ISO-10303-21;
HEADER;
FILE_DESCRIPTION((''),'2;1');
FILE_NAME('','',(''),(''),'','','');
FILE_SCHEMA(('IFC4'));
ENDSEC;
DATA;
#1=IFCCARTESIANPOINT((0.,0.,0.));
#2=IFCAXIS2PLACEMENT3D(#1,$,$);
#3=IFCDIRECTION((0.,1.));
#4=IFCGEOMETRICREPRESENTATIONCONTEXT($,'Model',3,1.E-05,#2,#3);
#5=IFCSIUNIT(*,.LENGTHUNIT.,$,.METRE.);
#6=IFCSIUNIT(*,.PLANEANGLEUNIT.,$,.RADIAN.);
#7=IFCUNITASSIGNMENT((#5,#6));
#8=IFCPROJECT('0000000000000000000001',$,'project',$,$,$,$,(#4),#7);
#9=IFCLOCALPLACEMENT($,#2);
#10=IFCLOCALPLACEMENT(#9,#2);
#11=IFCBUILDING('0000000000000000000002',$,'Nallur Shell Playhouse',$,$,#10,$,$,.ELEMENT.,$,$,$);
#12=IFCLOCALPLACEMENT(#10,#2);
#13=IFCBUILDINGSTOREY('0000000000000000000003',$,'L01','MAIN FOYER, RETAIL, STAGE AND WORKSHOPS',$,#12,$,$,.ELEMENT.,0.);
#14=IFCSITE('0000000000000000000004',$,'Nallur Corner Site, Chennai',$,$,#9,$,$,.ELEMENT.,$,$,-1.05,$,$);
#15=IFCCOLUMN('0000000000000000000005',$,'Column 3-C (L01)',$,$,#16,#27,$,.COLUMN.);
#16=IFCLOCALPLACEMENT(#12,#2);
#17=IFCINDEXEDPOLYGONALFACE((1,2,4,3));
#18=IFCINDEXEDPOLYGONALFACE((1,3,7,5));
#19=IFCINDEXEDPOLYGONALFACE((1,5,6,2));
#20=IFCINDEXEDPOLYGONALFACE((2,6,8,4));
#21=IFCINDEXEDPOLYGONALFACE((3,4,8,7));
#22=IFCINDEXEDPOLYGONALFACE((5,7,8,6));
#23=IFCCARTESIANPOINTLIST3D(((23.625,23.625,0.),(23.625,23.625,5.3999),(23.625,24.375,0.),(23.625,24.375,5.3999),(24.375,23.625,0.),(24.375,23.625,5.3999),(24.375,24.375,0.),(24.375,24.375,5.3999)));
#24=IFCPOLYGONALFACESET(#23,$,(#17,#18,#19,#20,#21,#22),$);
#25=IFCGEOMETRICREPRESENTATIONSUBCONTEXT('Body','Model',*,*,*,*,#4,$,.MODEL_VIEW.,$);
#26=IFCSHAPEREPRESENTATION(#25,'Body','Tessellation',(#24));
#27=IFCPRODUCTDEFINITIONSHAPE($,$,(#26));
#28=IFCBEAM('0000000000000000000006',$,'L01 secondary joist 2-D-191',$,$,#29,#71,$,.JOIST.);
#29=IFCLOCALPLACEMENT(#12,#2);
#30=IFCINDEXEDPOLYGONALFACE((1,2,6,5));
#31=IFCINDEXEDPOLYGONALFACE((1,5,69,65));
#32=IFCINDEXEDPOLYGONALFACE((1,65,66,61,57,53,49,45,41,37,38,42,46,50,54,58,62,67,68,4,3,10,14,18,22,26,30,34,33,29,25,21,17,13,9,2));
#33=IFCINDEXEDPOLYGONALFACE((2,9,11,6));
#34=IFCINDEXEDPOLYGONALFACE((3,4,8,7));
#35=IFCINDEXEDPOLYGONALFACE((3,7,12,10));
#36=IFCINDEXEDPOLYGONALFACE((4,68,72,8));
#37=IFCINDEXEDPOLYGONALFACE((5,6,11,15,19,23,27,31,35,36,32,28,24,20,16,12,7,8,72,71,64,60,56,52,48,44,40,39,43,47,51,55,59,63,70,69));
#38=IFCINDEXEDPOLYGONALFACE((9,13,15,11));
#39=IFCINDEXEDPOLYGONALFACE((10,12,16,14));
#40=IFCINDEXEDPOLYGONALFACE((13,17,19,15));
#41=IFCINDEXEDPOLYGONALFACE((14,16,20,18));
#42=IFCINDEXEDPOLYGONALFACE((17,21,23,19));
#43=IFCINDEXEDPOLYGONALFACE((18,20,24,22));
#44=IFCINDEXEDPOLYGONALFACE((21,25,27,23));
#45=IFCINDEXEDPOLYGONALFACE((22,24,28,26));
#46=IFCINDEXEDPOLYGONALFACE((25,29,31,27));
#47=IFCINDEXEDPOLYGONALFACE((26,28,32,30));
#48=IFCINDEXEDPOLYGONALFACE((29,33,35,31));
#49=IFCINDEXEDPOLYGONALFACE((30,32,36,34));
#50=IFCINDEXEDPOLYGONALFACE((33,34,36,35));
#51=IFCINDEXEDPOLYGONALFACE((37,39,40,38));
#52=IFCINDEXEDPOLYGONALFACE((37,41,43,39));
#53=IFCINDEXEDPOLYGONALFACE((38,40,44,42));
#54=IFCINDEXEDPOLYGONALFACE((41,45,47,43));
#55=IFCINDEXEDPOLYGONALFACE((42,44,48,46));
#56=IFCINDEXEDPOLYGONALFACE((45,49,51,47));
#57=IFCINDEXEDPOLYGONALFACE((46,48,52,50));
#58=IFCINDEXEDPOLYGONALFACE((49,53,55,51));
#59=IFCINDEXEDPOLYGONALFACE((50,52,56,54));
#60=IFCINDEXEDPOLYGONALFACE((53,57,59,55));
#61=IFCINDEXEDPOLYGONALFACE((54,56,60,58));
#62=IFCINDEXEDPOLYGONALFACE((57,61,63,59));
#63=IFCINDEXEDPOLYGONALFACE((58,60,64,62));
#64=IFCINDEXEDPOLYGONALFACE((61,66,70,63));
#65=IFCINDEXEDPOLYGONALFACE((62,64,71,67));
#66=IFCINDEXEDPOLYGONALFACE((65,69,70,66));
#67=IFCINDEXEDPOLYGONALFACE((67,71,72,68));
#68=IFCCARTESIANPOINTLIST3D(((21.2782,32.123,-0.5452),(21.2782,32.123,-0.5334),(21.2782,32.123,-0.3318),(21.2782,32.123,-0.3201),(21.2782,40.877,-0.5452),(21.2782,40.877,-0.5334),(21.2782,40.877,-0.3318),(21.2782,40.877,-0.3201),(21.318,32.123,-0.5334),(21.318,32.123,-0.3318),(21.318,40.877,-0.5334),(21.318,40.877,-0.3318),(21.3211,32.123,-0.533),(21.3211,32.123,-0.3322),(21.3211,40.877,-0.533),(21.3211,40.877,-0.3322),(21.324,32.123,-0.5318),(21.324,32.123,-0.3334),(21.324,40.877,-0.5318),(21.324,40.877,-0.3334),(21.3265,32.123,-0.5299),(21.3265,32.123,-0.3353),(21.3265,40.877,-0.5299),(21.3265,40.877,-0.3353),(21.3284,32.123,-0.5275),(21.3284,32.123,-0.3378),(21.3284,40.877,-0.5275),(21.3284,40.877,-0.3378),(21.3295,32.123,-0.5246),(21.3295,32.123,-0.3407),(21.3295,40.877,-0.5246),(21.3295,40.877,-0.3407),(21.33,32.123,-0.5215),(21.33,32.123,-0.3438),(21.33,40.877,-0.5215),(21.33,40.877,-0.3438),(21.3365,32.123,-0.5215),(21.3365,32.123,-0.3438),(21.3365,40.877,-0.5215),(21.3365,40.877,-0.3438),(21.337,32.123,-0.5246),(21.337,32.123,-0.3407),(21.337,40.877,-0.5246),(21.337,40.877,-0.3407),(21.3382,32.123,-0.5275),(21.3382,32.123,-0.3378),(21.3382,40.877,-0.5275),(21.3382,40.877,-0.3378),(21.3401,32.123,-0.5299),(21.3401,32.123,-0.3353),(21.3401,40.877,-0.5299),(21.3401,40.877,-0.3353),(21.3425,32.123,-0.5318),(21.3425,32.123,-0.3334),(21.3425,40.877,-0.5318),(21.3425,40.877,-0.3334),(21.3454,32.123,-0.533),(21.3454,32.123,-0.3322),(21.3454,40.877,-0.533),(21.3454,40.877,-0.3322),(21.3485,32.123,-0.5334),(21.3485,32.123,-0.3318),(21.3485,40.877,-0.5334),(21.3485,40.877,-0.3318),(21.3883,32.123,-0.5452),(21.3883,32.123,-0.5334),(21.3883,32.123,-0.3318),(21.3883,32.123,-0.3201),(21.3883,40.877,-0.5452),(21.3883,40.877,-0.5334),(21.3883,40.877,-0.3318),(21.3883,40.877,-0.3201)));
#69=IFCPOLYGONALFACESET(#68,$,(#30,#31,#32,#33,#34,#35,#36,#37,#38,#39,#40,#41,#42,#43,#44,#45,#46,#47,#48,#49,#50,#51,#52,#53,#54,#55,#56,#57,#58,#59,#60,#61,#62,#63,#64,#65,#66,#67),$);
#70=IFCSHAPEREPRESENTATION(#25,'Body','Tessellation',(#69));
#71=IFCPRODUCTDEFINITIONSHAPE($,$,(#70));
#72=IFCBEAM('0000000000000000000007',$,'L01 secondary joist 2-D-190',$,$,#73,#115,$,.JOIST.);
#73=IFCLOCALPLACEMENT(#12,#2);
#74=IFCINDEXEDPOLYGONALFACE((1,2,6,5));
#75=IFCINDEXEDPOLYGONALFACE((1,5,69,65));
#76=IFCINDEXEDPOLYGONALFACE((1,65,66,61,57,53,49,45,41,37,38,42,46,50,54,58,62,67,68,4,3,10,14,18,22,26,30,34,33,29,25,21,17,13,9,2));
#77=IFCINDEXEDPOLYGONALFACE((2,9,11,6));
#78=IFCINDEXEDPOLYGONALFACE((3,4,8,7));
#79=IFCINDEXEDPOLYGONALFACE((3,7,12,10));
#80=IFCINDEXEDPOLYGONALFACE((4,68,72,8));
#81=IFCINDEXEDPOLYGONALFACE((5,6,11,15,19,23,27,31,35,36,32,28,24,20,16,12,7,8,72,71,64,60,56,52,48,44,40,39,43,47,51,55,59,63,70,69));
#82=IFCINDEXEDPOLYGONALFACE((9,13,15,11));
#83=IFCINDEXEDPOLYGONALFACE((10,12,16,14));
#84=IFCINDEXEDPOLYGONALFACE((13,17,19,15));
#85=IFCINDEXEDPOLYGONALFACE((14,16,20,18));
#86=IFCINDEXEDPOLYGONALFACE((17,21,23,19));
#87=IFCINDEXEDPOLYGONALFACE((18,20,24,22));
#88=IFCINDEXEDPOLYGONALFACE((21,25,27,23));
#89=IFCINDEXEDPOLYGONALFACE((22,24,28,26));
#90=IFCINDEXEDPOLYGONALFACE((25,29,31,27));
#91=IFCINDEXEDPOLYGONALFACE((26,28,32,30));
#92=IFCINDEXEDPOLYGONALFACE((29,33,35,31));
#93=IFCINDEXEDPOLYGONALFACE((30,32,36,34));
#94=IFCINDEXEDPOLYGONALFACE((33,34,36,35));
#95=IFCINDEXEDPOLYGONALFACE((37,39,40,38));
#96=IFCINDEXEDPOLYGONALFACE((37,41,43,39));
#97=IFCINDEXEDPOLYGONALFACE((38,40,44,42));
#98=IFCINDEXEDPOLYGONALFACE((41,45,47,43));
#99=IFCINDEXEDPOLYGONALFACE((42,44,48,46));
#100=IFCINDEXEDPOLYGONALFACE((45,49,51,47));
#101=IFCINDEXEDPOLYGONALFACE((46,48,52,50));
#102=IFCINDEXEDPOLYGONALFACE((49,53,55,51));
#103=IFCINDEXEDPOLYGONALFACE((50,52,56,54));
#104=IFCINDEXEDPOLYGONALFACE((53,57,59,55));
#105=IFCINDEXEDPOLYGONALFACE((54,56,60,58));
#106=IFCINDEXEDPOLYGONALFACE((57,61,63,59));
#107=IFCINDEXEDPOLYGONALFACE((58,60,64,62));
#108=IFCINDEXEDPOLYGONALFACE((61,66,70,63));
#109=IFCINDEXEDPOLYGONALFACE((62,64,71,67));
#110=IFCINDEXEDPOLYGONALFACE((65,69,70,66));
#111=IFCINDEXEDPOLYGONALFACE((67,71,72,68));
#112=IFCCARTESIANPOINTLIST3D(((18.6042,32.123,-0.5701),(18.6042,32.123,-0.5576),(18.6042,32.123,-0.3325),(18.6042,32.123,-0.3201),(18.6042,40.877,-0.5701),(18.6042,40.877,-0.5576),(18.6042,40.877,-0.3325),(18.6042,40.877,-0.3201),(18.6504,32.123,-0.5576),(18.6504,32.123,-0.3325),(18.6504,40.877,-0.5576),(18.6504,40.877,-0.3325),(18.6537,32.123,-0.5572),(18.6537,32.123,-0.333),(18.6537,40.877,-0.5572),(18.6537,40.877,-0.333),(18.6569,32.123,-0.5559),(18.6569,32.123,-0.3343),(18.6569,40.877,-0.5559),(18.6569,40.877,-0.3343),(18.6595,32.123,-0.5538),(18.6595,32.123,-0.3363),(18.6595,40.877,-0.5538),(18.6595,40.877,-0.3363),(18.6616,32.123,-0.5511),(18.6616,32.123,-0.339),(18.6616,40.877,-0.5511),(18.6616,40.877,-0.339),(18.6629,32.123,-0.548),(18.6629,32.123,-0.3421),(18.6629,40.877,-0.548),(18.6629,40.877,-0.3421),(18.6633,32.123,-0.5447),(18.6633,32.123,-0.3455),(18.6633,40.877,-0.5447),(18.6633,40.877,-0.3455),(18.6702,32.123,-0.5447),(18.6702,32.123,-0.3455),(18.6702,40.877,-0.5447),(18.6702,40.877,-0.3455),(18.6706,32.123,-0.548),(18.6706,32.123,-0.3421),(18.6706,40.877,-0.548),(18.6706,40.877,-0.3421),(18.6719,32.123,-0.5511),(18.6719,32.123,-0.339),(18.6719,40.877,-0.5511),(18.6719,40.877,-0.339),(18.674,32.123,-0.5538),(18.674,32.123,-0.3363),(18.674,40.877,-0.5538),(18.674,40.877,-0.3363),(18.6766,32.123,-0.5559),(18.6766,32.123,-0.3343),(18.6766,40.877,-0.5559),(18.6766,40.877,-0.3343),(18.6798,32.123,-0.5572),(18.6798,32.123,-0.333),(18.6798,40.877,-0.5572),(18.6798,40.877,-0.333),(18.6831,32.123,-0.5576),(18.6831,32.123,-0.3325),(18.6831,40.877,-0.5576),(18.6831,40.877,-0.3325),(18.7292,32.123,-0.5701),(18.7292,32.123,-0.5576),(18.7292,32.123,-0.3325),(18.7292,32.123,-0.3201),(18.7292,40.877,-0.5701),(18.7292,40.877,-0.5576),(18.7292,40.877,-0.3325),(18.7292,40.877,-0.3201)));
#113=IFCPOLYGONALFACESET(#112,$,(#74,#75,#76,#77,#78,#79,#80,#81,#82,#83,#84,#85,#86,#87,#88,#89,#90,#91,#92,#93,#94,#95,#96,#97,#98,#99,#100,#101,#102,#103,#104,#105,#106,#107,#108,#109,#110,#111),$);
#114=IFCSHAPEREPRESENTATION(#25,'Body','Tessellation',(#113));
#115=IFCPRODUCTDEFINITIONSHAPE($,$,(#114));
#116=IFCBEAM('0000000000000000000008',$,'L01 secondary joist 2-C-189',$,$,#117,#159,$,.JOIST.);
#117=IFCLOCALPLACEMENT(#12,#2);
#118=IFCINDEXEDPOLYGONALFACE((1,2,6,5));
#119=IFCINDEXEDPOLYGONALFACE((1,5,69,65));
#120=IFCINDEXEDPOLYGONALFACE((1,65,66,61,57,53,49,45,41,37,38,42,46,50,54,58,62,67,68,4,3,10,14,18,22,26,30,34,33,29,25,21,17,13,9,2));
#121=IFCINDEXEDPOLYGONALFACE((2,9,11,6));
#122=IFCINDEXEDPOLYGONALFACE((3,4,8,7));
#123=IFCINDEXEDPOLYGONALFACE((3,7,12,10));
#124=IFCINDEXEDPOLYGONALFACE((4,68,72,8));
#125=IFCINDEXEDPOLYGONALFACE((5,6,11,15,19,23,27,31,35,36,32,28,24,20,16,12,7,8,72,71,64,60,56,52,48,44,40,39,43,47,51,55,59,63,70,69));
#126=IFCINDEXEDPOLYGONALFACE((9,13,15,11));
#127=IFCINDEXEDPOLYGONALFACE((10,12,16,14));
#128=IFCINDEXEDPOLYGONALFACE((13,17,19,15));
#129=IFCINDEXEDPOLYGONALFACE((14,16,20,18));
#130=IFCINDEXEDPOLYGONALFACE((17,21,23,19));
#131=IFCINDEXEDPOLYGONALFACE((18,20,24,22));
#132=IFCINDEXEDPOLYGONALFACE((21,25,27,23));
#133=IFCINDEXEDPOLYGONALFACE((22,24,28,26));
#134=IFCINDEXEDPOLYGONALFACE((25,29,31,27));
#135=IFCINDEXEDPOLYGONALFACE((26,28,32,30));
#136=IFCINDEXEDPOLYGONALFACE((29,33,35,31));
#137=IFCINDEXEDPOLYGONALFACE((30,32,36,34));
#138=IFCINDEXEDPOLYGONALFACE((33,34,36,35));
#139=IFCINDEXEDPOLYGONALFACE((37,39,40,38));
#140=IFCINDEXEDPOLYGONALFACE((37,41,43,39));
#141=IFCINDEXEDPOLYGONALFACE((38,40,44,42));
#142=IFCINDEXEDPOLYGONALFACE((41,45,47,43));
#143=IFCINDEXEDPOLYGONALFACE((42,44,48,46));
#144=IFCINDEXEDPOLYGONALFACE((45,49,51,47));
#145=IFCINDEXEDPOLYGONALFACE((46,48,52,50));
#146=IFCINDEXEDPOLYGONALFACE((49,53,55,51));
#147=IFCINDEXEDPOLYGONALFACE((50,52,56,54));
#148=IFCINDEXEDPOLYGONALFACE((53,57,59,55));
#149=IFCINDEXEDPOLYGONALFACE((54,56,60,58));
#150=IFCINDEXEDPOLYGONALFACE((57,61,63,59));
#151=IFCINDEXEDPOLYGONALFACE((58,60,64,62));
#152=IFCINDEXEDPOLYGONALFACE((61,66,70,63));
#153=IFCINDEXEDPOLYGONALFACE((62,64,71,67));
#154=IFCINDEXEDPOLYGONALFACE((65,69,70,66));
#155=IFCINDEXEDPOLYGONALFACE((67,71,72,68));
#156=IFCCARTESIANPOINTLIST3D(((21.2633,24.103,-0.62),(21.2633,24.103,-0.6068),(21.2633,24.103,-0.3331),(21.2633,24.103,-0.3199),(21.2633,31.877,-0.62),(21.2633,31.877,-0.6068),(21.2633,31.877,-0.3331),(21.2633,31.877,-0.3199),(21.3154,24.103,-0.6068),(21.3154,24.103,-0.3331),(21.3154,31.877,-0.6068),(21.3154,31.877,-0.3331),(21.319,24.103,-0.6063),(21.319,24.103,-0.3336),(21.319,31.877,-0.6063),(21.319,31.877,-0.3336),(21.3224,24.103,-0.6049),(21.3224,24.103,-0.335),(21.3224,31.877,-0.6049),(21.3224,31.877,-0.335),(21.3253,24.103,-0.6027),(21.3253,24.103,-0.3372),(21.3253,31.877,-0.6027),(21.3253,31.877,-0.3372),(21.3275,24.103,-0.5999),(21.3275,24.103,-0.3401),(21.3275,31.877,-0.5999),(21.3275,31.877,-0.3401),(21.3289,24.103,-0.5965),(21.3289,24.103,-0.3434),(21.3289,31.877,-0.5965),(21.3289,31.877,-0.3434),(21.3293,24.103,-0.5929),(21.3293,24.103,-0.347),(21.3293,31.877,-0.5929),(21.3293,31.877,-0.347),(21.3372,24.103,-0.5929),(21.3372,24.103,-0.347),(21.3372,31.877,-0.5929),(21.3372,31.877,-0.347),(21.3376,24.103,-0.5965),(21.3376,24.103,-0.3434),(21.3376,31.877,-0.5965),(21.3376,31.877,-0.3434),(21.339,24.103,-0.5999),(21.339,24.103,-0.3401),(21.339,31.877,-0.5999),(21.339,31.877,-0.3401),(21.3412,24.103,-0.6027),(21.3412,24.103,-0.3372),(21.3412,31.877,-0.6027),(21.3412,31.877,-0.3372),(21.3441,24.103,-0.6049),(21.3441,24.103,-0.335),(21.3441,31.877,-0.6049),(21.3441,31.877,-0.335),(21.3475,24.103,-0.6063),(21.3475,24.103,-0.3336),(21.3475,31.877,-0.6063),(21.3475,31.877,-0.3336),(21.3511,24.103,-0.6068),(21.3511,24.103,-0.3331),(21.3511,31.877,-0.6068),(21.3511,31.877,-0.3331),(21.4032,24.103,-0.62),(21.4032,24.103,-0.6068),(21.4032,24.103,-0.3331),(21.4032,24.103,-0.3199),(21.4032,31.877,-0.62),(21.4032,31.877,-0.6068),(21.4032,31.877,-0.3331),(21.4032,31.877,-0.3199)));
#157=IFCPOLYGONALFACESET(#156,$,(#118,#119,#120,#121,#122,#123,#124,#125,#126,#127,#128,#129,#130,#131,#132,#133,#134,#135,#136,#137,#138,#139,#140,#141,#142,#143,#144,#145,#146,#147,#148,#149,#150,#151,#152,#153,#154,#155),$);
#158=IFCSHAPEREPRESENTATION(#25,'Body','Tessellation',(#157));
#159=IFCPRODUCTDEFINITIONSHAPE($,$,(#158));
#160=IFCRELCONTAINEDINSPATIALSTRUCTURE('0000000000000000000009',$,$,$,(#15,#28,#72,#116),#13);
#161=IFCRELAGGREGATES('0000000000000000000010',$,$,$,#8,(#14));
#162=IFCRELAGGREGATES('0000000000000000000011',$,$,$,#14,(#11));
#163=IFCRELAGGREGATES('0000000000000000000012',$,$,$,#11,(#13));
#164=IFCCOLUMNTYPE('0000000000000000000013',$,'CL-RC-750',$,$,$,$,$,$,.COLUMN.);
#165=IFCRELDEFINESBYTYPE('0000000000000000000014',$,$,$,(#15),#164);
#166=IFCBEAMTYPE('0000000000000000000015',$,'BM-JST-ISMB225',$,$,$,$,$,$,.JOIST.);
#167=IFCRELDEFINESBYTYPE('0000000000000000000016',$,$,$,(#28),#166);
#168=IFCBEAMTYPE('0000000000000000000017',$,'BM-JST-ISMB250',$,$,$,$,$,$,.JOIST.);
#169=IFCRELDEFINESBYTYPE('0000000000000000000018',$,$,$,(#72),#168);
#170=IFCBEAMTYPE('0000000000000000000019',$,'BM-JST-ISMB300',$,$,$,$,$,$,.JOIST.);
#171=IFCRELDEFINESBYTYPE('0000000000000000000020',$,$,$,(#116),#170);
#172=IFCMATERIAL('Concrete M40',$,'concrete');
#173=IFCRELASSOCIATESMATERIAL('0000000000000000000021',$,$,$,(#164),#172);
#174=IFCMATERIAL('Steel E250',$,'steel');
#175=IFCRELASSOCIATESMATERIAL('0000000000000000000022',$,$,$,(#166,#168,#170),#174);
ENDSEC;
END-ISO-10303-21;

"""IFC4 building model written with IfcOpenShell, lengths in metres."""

from ifc_helpers import new_model, si_unit, direction, frame, origin, origin_2d, place, context, subcontext, project, spatial, rectangle, i_section, extrude, material, material_profile, profile_set, type_object, element, save


model = new_model("IFC4")

# Units and contexts
model_context = context("Model", 3, precision=1e-05, world=origin(), true_north=direction((0.0, 1.0)))
body_context = subcontext(model_context, "Body", "Model", "MODEL_VIEW")
ifc_project = project(units=[si_unit("LENGTHUNIT", "METRE"), si_unit("PLANEANGLEUNIT", "RADIAN")], contexts=[model_context])

# Site, building, storey
site_placement = place(None, origin())
site = spatial("IfcSite", under=ifc_project, at=site_placement, Name="Nallur Corner Site, Chennai", CompositionType="ELEMENT", RefElevation=-1.05)
building_placement = place(site_placement, origin())
building = spatial("IfcBuilding", under=site, at=building_placement, Name="Nallur Shell Playhouse", CompositionType="ELEMENT")
storey_placement = place(building_placement, origin())
storey = spatial("IfcBuildingStorey", under=building, at=storey_placement, Name="L01", Description="MAIN FOYER, RETAIL, STAGE AND WORKSHOPS", CompositionType="ELEMENT", Elevation=0.0)

# Column
ifc_material_1 = material(Name="Concrete M40", Category="concrete")
ifc_material_profile_1 = material_profile(ifc_material_1, rectangle(XDim=0.75, YDim=0.75, at=origin_2d()), Name="RC 750x750")
ifc_profile_set_1 = profile_set([ifc_material_profile_1], Name="Concrete M40")
column_type = type_object("IfcColumnType", Name="CL-RC-750", PredefinedType="COLUMN", material=ifc_profile_set_1)
column_placement = place(storey_placement, frame((24.0, 24.0, 0.0), z_axis=(0.0, 0.0, 1.0), x_axis=(1.0, 0.0, 0.0)))
element("IfcColumn", 1, at=column_placement, inside=storey, type_object=column_type, Name="Column 3-C (L01)", PredefinedType="COLUMN", context=body_context, shape_type="SweptSolid", body=[
    extrude(rectangle(XDim=0.75, YDim=0.75, at=origin_2d()), origin(), (0.0, 0.0, 1.0), 5.3999),
])

# Beams
ifc_material_2 = material(Name="Steel E250", Category="steel")
ifc_material_profile_2 = material_profile(ifc_material_2, i_section(OverallWidth=0.1101, OverallDepth=0.2251, WebThickness=0.0066, FlangeThickness=0.0117, FilletRadius=0.012, at=origin_2d()), Name="ISMB 225")
ifc_profile_set_2 = profile_set([ifc_material_profile_2], Name="Steel E250")
beam_type_1 = type_object("IfcBeamType", Name="BM-JST-ISMB225", PredefinedType="JOIST", material=ifc_profile_set_2)
beam_1_placement = place(storey_placement, frame((21.3333, 32.123, -0.4326), z_axis=(0.0, 1.0, 0.0), x_axis=(-1.0, 0.0, 0.0)))
element("IfcBeam", 2, at=beam_1_placement, inside=storey, type_object=beam_type_1, Name="L01 secondary joist 2-D-191", PredefinedType="JOIST", context=body_context, shape_type="SweptSolid", body=[
    extrude(i_section(OverallWidth=0.1101, OverallDepth=0.2251, WebThickness=0.0066, FlangeThickness=0.0117, FilletRadius=0.012, at=origin_2d()), origin(), (0.0, 0.0, 1.0), 8.7539),
])
ifc_material_profile_3 = material_profile(ifc_material_2, i_section(OverallWidth=0.125, OverallDepth=0.25, WebThickness=0.0068, FlangeThickness=0.0125, FilletRadius=0.0129, at=origin_2d()), Name="ISMB 250")
ifc_profile_set_3 = profile_set([ifc_material_profile_3], Name="Steel E250")
beam_type_2 = type_object("IfcBeamType", Name="BM-JST-ISMB250", PredefinedType="JOIST", material=ifc_profile_set_3)
beam_2_placement = place(storey_placement, frame((18.6667, 32.123, -0.4451), z_axis=(0.0, 1.0, 0.0), x_axis=(-1.0, 0.0, 0.0)))
element("IfcBeam", 3, at=beam_2_placement, inside=storey, type_object=beam_type_2, Name="L01 secondary joist 2-D-190", PredefinedType="JOIST", context=body_context, shape_type="SweptSolid", body=[
    extrude(i_section(OverallWidth=0.125, OverallDepth=0.25, WebThickness=0.0068, FlangeThickness=0.0125, FilletRadius=0.0129, at=origin_2d()), origin(), (0.0, 0.0, 1.0), 8.7539),
])
ifc_material_profile_4 = material_profile(ifc_material_2, i_section(OverallWidth=0.1399, OverallDepth=0.3, WebThickness=0.0078, FlangeThickness=0.0132, FilletRadius=0.0139, at=origin_2d()), Name="ISMB 300")
ifc_profile_set_4 = profile_set([ifc_material_profile_4], Name="Steel E250")
beam_type_3 = type_object("IfcBeamType", Name="BM-JST-ISMB300", PredefinedType="JOIST", material=ifc_profile_set_4)
beam_3_placement = place(storey_placement, frame((21.3333, 24.103, -0.47), z_axis=(0.0, 1.0, 0.0), x_axis=(-1.0, 0.0, 0.0)))
element("IfcBeam", 4, at=beam_3_placement, inside=storey, type_object=beam_type_3, Name="L01 secondary joist 2-C-189", PredefinedType="JOIST", context=body_context, shape_type="SweptSolid", body=[
    extrude(i_section(OverallWidth=0.1399, OverallDepth=0.3, WebThickness=0.0078, FlangeThickness=0.0132, FilletRadius=0.0139, at=origin_2d()), origin(), (0.0, 0.0, 1.0), 7.7739),
])

save(model, "model.ifc")
